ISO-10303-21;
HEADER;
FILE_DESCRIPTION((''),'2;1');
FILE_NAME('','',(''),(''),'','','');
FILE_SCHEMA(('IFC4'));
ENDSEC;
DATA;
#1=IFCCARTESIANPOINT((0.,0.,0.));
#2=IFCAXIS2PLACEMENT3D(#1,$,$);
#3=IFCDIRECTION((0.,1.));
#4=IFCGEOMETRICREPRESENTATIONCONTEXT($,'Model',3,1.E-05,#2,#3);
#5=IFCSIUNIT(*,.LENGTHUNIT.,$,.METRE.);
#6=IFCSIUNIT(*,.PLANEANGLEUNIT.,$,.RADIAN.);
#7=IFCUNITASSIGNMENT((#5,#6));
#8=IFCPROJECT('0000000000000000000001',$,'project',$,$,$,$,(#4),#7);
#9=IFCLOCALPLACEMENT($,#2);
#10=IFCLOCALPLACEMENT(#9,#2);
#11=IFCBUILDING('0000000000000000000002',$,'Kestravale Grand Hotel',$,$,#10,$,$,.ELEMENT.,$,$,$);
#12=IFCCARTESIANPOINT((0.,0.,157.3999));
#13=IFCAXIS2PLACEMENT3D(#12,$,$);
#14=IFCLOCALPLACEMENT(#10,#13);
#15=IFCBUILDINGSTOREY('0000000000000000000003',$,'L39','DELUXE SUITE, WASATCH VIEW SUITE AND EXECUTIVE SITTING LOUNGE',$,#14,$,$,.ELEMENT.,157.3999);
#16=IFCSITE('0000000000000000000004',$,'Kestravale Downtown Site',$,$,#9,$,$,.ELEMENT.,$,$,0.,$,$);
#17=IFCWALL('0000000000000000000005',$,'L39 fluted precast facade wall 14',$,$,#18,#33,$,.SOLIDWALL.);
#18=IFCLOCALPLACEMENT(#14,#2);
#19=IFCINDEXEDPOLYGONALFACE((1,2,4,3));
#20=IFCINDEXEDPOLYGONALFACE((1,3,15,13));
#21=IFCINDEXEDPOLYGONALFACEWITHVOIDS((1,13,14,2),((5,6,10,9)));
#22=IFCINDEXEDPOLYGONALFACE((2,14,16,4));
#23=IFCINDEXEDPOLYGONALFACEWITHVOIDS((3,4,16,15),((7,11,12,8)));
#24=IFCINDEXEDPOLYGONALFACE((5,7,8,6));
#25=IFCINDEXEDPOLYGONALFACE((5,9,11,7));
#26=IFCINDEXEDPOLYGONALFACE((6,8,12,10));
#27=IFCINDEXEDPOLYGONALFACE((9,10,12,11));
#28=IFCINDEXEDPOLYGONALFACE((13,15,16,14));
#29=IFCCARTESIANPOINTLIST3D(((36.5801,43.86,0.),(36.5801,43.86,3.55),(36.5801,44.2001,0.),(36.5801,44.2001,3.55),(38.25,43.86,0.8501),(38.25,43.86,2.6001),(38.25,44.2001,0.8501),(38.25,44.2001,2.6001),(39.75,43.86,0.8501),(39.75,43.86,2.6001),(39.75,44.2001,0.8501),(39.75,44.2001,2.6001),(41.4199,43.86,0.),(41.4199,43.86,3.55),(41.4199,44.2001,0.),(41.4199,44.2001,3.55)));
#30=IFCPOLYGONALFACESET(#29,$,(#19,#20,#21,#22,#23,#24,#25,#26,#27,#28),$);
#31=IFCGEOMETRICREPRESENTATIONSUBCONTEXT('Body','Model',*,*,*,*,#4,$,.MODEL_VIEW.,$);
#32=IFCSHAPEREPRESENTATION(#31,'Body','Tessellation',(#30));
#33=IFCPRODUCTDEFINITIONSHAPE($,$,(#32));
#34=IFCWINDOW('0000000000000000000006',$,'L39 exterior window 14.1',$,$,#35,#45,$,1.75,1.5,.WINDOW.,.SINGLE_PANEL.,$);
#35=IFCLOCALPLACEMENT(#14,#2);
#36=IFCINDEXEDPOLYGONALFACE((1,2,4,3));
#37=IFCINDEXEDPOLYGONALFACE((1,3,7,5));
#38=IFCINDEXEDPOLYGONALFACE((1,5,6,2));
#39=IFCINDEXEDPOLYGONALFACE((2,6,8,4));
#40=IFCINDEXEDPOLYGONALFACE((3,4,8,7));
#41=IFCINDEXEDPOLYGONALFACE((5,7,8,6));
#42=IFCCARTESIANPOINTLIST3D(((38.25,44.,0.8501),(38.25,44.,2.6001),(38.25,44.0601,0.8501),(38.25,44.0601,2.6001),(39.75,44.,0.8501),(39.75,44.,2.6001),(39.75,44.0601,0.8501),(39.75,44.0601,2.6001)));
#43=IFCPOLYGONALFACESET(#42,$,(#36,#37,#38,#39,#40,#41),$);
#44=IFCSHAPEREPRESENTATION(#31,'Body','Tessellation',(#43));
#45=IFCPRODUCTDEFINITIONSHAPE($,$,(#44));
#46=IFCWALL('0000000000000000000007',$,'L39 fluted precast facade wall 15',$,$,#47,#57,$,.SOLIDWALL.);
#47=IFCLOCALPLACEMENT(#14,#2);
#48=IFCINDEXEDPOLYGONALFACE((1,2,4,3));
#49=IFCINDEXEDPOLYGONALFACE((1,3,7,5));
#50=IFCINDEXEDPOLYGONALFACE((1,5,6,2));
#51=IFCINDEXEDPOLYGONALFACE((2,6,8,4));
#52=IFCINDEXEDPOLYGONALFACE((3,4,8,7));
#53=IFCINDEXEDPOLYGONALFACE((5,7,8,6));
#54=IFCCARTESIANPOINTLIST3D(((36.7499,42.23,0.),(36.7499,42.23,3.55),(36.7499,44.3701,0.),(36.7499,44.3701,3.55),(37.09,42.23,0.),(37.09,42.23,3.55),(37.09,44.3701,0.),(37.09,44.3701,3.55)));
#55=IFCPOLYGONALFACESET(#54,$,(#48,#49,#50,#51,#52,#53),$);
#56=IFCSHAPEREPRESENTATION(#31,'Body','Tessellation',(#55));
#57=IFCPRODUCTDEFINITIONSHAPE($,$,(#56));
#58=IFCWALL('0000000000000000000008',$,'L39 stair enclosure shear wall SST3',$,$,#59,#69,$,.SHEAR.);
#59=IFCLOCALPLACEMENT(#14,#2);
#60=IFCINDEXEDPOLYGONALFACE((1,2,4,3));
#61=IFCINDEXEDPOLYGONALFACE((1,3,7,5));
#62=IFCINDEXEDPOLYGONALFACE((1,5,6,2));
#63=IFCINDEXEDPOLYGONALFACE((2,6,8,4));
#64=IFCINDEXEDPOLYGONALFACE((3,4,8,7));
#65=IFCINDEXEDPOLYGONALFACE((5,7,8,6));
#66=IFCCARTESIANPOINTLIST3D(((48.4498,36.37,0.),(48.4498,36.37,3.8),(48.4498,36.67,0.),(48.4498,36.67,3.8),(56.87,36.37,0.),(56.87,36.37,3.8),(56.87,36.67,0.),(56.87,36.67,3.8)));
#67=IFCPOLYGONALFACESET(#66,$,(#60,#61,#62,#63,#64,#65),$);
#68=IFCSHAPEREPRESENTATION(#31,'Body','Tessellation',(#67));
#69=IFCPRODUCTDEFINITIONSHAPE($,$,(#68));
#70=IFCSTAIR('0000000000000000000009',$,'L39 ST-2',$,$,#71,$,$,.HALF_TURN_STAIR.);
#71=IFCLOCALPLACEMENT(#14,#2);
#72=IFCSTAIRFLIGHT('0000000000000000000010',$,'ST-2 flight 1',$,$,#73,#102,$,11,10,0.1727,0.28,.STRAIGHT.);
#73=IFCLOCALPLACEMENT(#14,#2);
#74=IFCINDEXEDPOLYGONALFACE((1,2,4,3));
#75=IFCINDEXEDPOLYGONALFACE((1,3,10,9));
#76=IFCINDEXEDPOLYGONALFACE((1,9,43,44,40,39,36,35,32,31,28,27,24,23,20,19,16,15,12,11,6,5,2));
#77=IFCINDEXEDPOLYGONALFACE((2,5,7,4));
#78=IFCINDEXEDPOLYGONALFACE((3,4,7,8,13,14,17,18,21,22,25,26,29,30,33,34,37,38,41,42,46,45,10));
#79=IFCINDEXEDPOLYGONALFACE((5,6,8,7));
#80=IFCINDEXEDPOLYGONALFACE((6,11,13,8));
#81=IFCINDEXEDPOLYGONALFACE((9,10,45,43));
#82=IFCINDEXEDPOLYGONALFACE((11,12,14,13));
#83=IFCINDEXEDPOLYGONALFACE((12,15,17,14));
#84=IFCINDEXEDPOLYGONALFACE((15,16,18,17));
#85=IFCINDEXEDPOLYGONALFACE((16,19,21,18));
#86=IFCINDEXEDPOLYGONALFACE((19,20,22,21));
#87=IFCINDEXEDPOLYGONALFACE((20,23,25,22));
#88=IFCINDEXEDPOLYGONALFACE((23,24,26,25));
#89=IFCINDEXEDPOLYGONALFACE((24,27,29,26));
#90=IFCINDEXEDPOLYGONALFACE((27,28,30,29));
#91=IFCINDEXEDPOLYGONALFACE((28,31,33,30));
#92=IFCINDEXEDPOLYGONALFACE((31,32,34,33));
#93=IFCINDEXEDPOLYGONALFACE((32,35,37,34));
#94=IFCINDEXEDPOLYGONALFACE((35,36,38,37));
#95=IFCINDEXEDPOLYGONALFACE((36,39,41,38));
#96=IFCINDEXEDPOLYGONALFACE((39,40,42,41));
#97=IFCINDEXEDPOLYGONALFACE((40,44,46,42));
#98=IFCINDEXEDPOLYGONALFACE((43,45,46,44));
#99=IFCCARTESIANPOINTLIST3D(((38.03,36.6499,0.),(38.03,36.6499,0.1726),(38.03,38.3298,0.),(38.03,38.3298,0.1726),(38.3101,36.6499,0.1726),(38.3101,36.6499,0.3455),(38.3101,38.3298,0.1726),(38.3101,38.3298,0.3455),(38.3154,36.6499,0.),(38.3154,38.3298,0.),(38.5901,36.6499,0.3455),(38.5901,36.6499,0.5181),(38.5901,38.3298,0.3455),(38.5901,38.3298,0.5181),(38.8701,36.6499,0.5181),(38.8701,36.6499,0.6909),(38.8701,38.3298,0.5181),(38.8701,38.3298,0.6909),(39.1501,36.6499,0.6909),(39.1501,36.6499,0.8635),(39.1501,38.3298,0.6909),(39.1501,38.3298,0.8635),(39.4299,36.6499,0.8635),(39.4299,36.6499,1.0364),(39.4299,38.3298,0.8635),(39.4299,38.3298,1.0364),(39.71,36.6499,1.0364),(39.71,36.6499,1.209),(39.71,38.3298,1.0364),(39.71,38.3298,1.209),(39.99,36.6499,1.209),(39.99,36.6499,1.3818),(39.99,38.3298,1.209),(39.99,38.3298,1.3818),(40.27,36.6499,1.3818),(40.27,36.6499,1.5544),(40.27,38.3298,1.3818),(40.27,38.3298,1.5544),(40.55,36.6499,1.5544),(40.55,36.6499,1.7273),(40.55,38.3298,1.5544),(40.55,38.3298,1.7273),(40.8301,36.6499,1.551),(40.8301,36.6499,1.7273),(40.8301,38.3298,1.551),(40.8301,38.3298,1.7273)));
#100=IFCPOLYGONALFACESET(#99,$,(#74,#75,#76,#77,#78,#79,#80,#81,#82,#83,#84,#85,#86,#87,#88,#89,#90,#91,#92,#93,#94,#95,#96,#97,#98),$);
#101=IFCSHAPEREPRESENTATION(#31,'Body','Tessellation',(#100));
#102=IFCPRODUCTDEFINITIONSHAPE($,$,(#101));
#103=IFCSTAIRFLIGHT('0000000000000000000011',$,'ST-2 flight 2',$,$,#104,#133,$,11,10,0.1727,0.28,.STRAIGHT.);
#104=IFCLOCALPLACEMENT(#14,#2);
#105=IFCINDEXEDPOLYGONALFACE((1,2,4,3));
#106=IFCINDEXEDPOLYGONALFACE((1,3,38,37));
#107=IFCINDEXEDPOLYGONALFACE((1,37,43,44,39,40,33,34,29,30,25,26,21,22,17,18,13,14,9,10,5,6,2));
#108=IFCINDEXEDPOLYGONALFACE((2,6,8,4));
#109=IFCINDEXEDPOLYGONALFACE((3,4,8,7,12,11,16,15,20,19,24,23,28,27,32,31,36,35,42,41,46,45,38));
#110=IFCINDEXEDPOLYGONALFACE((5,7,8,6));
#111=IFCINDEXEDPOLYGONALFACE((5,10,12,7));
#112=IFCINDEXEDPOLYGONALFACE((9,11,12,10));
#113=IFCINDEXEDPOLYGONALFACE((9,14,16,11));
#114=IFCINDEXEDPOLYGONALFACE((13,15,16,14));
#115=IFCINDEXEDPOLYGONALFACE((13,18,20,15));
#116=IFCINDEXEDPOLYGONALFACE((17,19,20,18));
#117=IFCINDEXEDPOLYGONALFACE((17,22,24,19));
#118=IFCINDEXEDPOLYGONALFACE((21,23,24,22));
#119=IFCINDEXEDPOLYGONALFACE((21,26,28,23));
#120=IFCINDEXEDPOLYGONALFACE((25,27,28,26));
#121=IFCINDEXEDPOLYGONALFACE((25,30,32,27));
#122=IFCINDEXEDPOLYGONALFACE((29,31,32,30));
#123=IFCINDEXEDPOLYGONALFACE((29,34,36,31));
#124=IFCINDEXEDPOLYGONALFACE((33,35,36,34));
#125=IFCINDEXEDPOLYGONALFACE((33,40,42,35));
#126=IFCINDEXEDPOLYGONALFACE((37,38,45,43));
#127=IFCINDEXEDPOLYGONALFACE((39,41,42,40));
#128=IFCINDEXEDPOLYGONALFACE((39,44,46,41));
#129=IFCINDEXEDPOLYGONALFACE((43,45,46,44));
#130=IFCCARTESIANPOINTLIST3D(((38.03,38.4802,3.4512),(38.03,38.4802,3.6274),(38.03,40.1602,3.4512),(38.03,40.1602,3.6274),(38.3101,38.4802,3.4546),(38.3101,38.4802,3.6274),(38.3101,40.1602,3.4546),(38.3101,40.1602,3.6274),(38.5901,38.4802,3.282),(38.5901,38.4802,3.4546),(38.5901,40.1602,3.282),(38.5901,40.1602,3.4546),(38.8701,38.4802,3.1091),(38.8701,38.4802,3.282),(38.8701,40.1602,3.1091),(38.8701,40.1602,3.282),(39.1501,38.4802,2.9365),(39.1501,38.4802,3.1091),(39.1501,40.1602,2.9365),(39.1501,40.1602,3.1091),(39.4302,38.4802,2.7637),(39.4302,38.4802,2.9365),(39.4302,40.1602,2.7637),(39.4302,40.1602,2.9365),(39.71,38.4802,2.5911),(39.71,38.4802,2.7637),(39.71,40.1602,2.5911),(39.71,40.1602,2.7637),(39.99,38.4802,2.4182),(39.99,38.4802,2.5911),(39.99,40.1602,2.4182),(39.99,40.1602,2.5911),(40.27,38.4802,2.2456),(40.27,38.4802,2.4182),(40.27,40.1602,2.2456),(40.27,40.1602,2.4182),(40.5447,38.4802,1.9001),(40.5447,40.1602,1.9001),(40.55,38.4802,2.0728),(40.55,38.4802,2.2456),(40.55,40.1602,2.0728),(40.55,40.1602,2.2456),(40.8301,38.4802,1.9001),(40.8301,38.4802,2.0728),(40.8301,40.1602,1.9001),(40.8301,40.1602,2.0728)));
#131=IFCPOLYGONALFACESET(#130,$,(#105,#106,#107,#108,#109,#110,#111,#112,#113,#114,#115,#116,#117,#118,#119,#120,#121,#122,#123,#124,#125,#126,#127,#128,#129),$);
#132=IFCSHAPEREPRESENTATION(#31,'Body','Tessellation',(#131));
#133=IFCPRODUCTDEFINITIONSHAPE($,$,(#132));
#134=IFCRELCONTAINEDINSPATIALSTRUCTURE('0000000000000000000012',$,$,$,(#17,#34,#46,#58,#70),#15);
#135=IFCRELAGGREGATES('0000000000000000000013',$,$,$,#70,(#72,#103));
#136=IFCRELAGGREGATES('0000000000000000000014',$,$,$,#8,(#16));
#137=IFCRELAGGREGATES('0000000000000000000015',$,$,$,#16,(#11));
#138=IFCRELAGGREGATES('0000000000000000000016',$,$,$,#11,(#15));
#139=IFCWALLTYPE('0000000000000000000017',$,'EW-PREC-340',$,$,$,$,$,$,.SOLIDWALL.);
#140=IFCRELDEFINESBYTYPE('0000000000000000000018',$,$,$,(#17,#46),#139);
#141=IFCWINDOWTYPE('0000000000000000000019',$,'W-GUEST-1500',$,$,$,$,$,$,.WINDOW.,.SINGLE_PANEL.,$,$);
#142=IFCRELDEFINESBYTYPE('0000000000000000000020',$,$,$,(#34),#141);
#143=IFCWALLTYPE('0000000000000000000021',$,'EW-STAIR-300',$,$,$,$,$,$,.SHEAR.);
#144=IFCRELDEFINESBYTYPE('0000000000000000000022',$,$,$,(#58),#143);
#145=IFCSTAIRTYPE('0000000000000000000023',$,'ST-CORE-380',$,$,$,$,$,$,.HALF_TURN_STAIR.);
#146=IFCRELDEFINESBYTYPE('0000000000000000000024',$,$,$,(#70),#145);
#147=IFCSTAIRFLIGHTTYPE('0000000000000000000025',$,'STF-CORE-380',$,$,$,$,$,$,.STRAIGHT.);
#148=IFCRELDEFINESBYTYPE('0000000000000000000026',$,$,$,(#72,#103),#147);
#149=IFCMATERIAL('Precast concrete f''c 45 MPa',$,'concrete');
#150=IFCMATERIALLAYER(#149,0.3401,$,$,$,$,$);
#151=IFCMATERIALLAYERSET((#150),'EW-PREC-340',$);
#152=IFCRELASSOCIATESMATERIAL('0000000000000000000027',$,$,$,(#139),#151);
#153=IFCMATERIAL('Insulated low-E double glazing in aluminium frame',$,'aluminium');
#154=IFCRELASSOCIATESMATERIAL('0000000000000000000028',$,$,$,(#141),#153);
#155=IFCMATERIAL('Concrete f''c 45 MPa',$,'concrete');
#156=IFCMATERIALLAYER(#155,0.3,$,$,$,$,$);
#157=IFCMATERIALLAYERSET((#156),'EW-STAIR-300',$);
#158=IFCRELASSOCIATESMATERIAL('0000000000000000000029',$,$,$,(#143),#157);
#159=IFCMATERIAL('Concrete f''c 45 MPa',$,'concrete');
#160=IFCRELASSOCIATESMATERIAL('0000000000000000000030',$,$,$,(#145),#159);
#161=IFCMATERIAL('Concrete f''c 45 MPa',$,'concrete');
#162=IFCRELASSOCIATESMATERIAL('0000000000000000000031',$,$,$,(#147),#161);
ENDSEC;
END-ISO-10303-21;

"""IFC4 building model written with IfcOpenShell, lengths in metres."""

from ifc_helpers import new_model, si_unit, direction, frame, frame_2d, origin, place, context, subcontext, project, spatial, polyline, rectangle, outline, extrude, material, layer, layer_set, type_object, element, fill, aggregate, save


model = new_model("IFC4")

# Units and contexts
model_context = context("Model", 3, precision=1e-05, world=origin(), true_north=direction((0.0, 1.0)))
body_context = subcontext(model_context, "Body", "Model", "MODEL_VIEW")
ifc_project = project(units=[si_unit("LENGTHUNIT", "METRE"), si_unit("PLANEANGLEUNIT", "RADIAN")], contexts=[model_context])

# Site, building, storey
site_placement = place(None, origin())
site = spatial("IfcSite", under=ifc_project, at=site_placement, Name="Kestravale Downtown Site", CompositionType="ELEMENT", RefElevation=0.0)
building_placement = place(site_placement, origin())
building = spatial("IfcBuilding", under=site, at=building_placement, Name="Kestravale Grand Hotel", CompositionType="ELEMENT")
storey_placement = place(building_placement, frame((0.0, 0.0, 157.3999)))
storey = spatial("IfcBuildingStorey", under=building, at=storey_placement, Name="L39", Description="DELUXE SUITE, WASATCH VIEW SUITE AND EXECUTIVE SITTING LOUNGE", CompositionType="ELEMENT", Elevation=157.3999)

# Shared definitions
ifc_material_1 = material(Name="Precast concrete f'c 45 MPa", Category="concrete")
ifc_layer_1 = layer(ifc_material_1, 0.3401)
ifc_layer_set_1 = layer_set([ifc_layer_1], Name="EW-PREC-340")
wall_type_1 = type_object("IfcWallType", Name="EW-PREC-340", PredefinedType="SOLIDWALL", material=ifc_layer_set_1)

# Wall, opening, window
ifc_material_2 = material(Name="Insulated low-E double glazing in aluminium frame", Category="aluminium")
window_type = type_object("IfcWindowType", Name="W-GUEST-1500", PartitioningType="SINGLE_PANEL", PredefinedType="WINDOW", material=ifc_material_2)
wall_1_placement = place(storey_placement, frame((41.4199, 44.03, 0.0), z_axis=(0.0, 0.0, 1.0), x_axis=(-1.0, 0.0, 0.0)))
wall_1 = element("IfcWall", 1, at=wall_1_placement, inside=storey, type_object=wall_type_1, Name="L39 fluted precast facade wall 14", PredefinedType="SOLIDWALL", context=body_context, shape_type="SweptSolid", body=[
    extrude(rectangle(XDim=4.8398, YDim=0.3401, at=frame_2d((2.4199, 0.0))), origin(), (0.0, 0.0, 1.0), 3.55),
])
opening_1_placement = place(wall_1_placement, frame((1.6699, 0.0, 0.8501)))
opening_1 = element("IfcOpeningElement", 2, at=opening_1_placement, cuts=wall_1, PredefinedType="OPENING", context=body_context, shape_type="SweptSolid", body=[
    extrude(rectangle(XDim=1.5, YDim=1.75, at=frame_2d((0.75, 0.875))), frame((0.0, 0.1799, 0.0), z_axis=(0.0, -1.0, 0.0), x_axis=(1.0, 0.0, 0.0)), (0.0, 0.0, 1.0), 0.3601),
])
window_1_placement = place(opening_1_placement, origin())
window_1 = element("IfcWindow", 3, at=window_1_placement, inside=storey, type_object=window_type, Name="L39 exterior window 14.1", OverallHeight=1.75, OverallWidth=1.5, PartitioningType="SINGLE_PANEL", PredefinedType="WINDOW", context=body_context, shape_type="SweptSolid", body=[
    extrude(rectangle(XDim=1.5, YDim=1.75, at=frame_2d((0.75, 0.875))), frame((0.0, 0.03, 0.0), z_axis=(0.0, -1.0, 0.0), x_axis=(1.0, 0.0, 0.0)), (0.0, 0.0, 1.0), 0.0601),
])
fill(opening_1, window_1)

# Walls
wall_2_placement = place(storey_placement, frame((36.9199, 44.3701, 0.0), z_axis=(0.0, 0.0, 1.0), x_axis=(0.0, -1.0, 0.0)))
element("IfcWall", 4, at=wall_2_placement, inside=storey, type_object=wall_type_1, Name="L39 fluted precast facade wall 15", PredefinedType="SOLIDWALL", context=body_context, shape_type="SweptSolid", body=[
    extrude(rectangle(XDim=2.1401, YDim=0.3401, at=frame_2d((1.0701, 0.0))), origin(), (0.0, 0.0, 1.0), 3.55),
])
ifc_material_3 = material(Name="Concrete f'c 45 MPa", Category="concrete")
ifc_layer_2 = layer(ifc_material_3, 0.3)
ifc_layer_set_2 = layer_set([ifc_layer_2], Name="EW-STAIR-300")
wall_type_2 = type_object("IfcWallType", Name="EW-STAIR-300", PredefinedType="SHEAR", material=ifc_layer_set_2)
wall_3_placement = place(storey_placement, frame((48.45, 36.52, 0.0), z_axis=(0.0, 0.0, 1.0), x_axis=(1.0, 0.0, 0.0)))
element("IfcWall", 5, at=wall_3_placement, inside=storey, type_object=wall_type_2, Name="L39 stair enclosure shear wall SST3", PredefinedType="SHEAR", context=body_context, shape_type="SweptSolid", body=[
    extrude(rectangle(XDim=8.4202, YDim=0.3, at=frame_2d((4.21, 0.0))), origin(), (0.0, 0.0, 1.0), 3.8),
])

# Stair, stair flights
ifc_material_4 = material(Name="Concrete f'c 45 MPa", Category="concrete")
stair_type = type_object("IfcStairType", Name="ST-CORE-380", PredefinedType="HALF_TURN_STAIR", material=ifc_material_4)
stair_placement = place(storey_placement, origin())
stair = element("IfcStair", 6, at=stair_placement, inside=storey, type_object=stair_type, Name="L39 ST-2", PredefinedType="HALF_TURN_STAIR")
ifc_material_5 = material(Name="Concrete f'c 45 MPa", Category="concrete")
stair_flight_type = type_object("IfcStairFlightType", Name="STF-CORE-380", PredefinedType="STRAIGHT", material=ifc_material_5)
stair_flight_1_placement = place(storey_placement, frame((38.03, 37.49, 0.0), z_axis=(0.0, 0.0, 1.0), x_axis=(1.0, 0.0, 0.0)))
stair_flight_1 = element("IfcStairFlight", 7, at=stair_flight_1_placement, type_object=stair_flight_type, Name="ST-2 flight 1", NumberOfRisers=11, NumberOfTreads=10, PredefinedType="STRAIGHT", RiserHeight=0.1727, TreadLength=0.28, context=body_context, shape_type="SweptSolid", body=[
    extrude(outline(polyline([(0.0, 0.0), (0.0, 0.1726), (0.28, 0.1726), (0.28, 0.3455), (0.5601, 0.3455), (0.5601, 0.5181), (0.8401, 0.5181), (0.8401, 0.6909), (1.1201, 0.6909), (1.1201, 0.8635), (1.3999, 0.8635), (1.3999, 1.0364), (1.6799, 1.0364), (1.6799, 1.209), (1.96, 1.209), (1.96, 1.3818), (2.24, 1.3818), (2.24, 1.5544), (2.52, 1.5544), (2.52, 1.7273), (2.8, 1.7273), (2.8, 1.8999), (2.8, 1.551), (0.2854, 0.0), (0.0, 0.0)])), frame((0.0, 0.8398, 0.0), z_axis=(0.0, -1.0, 0.0), x_axis=(1.0, 0.0, 0.0)), (0.0, 0.0, 1.0), 1.6799),
])
stair_flight_2_placement = place(storey_placement, frame((40.8301, 39.3201, 1.9001), z_axis=(0.0, 0.0, 1.0), x_axis=(-1.0, 0.0, 0.0)))
stair_flight_2 = element("IfcStairFlight", 8, at=stair_flight_2_placement, type_object=stair_flight_type, Name="ST-2 flight 2", NumberOfRisers=11, NumberOfTreads=10, PredefinedType="STRAIGHT", RiserHeight=0.1727, TreadLength=0.28, context=body_context, shape_type="SweptSolid", body=[
    extrude(outline(polyline([(0.0, 0.0), (0.0, 0.1726), (0.28, 0.1726), (0.28, 0.3455), (0.5601, 0.3455), (0.5601, 0.5181), (0.8401, 0.5181), (0.8401, 0.6909), (1.1201, 0.6909), (1.1201, 0.8635), (1.3999, 0.8635), (1.3999, 1.0364), (1.6799, 1.0364), (1.6799, 1.209), (1.96, 1.209), (1.96, 1.3818), (2.24, 1.3818), (2.24, 1.5544), (2.52, 1.5544), (2.52, 1.7273), (2.8, 1.7273), (2.8, 1.8999), (2.8, 1.551), (0.2854, 0.0), (0.0, 0.0)])), frame((0.0, 0.8398, 0.0), z_axis=(0.0, -1.0, 0.0), x_axis=(1.0, 0.0, 0.0)), (0.0, 0.0, 1.0), 1.6799),
])
aggregate(stair, [stair_flight_1, stair_flight_2])

save(model, "model.ifc")
